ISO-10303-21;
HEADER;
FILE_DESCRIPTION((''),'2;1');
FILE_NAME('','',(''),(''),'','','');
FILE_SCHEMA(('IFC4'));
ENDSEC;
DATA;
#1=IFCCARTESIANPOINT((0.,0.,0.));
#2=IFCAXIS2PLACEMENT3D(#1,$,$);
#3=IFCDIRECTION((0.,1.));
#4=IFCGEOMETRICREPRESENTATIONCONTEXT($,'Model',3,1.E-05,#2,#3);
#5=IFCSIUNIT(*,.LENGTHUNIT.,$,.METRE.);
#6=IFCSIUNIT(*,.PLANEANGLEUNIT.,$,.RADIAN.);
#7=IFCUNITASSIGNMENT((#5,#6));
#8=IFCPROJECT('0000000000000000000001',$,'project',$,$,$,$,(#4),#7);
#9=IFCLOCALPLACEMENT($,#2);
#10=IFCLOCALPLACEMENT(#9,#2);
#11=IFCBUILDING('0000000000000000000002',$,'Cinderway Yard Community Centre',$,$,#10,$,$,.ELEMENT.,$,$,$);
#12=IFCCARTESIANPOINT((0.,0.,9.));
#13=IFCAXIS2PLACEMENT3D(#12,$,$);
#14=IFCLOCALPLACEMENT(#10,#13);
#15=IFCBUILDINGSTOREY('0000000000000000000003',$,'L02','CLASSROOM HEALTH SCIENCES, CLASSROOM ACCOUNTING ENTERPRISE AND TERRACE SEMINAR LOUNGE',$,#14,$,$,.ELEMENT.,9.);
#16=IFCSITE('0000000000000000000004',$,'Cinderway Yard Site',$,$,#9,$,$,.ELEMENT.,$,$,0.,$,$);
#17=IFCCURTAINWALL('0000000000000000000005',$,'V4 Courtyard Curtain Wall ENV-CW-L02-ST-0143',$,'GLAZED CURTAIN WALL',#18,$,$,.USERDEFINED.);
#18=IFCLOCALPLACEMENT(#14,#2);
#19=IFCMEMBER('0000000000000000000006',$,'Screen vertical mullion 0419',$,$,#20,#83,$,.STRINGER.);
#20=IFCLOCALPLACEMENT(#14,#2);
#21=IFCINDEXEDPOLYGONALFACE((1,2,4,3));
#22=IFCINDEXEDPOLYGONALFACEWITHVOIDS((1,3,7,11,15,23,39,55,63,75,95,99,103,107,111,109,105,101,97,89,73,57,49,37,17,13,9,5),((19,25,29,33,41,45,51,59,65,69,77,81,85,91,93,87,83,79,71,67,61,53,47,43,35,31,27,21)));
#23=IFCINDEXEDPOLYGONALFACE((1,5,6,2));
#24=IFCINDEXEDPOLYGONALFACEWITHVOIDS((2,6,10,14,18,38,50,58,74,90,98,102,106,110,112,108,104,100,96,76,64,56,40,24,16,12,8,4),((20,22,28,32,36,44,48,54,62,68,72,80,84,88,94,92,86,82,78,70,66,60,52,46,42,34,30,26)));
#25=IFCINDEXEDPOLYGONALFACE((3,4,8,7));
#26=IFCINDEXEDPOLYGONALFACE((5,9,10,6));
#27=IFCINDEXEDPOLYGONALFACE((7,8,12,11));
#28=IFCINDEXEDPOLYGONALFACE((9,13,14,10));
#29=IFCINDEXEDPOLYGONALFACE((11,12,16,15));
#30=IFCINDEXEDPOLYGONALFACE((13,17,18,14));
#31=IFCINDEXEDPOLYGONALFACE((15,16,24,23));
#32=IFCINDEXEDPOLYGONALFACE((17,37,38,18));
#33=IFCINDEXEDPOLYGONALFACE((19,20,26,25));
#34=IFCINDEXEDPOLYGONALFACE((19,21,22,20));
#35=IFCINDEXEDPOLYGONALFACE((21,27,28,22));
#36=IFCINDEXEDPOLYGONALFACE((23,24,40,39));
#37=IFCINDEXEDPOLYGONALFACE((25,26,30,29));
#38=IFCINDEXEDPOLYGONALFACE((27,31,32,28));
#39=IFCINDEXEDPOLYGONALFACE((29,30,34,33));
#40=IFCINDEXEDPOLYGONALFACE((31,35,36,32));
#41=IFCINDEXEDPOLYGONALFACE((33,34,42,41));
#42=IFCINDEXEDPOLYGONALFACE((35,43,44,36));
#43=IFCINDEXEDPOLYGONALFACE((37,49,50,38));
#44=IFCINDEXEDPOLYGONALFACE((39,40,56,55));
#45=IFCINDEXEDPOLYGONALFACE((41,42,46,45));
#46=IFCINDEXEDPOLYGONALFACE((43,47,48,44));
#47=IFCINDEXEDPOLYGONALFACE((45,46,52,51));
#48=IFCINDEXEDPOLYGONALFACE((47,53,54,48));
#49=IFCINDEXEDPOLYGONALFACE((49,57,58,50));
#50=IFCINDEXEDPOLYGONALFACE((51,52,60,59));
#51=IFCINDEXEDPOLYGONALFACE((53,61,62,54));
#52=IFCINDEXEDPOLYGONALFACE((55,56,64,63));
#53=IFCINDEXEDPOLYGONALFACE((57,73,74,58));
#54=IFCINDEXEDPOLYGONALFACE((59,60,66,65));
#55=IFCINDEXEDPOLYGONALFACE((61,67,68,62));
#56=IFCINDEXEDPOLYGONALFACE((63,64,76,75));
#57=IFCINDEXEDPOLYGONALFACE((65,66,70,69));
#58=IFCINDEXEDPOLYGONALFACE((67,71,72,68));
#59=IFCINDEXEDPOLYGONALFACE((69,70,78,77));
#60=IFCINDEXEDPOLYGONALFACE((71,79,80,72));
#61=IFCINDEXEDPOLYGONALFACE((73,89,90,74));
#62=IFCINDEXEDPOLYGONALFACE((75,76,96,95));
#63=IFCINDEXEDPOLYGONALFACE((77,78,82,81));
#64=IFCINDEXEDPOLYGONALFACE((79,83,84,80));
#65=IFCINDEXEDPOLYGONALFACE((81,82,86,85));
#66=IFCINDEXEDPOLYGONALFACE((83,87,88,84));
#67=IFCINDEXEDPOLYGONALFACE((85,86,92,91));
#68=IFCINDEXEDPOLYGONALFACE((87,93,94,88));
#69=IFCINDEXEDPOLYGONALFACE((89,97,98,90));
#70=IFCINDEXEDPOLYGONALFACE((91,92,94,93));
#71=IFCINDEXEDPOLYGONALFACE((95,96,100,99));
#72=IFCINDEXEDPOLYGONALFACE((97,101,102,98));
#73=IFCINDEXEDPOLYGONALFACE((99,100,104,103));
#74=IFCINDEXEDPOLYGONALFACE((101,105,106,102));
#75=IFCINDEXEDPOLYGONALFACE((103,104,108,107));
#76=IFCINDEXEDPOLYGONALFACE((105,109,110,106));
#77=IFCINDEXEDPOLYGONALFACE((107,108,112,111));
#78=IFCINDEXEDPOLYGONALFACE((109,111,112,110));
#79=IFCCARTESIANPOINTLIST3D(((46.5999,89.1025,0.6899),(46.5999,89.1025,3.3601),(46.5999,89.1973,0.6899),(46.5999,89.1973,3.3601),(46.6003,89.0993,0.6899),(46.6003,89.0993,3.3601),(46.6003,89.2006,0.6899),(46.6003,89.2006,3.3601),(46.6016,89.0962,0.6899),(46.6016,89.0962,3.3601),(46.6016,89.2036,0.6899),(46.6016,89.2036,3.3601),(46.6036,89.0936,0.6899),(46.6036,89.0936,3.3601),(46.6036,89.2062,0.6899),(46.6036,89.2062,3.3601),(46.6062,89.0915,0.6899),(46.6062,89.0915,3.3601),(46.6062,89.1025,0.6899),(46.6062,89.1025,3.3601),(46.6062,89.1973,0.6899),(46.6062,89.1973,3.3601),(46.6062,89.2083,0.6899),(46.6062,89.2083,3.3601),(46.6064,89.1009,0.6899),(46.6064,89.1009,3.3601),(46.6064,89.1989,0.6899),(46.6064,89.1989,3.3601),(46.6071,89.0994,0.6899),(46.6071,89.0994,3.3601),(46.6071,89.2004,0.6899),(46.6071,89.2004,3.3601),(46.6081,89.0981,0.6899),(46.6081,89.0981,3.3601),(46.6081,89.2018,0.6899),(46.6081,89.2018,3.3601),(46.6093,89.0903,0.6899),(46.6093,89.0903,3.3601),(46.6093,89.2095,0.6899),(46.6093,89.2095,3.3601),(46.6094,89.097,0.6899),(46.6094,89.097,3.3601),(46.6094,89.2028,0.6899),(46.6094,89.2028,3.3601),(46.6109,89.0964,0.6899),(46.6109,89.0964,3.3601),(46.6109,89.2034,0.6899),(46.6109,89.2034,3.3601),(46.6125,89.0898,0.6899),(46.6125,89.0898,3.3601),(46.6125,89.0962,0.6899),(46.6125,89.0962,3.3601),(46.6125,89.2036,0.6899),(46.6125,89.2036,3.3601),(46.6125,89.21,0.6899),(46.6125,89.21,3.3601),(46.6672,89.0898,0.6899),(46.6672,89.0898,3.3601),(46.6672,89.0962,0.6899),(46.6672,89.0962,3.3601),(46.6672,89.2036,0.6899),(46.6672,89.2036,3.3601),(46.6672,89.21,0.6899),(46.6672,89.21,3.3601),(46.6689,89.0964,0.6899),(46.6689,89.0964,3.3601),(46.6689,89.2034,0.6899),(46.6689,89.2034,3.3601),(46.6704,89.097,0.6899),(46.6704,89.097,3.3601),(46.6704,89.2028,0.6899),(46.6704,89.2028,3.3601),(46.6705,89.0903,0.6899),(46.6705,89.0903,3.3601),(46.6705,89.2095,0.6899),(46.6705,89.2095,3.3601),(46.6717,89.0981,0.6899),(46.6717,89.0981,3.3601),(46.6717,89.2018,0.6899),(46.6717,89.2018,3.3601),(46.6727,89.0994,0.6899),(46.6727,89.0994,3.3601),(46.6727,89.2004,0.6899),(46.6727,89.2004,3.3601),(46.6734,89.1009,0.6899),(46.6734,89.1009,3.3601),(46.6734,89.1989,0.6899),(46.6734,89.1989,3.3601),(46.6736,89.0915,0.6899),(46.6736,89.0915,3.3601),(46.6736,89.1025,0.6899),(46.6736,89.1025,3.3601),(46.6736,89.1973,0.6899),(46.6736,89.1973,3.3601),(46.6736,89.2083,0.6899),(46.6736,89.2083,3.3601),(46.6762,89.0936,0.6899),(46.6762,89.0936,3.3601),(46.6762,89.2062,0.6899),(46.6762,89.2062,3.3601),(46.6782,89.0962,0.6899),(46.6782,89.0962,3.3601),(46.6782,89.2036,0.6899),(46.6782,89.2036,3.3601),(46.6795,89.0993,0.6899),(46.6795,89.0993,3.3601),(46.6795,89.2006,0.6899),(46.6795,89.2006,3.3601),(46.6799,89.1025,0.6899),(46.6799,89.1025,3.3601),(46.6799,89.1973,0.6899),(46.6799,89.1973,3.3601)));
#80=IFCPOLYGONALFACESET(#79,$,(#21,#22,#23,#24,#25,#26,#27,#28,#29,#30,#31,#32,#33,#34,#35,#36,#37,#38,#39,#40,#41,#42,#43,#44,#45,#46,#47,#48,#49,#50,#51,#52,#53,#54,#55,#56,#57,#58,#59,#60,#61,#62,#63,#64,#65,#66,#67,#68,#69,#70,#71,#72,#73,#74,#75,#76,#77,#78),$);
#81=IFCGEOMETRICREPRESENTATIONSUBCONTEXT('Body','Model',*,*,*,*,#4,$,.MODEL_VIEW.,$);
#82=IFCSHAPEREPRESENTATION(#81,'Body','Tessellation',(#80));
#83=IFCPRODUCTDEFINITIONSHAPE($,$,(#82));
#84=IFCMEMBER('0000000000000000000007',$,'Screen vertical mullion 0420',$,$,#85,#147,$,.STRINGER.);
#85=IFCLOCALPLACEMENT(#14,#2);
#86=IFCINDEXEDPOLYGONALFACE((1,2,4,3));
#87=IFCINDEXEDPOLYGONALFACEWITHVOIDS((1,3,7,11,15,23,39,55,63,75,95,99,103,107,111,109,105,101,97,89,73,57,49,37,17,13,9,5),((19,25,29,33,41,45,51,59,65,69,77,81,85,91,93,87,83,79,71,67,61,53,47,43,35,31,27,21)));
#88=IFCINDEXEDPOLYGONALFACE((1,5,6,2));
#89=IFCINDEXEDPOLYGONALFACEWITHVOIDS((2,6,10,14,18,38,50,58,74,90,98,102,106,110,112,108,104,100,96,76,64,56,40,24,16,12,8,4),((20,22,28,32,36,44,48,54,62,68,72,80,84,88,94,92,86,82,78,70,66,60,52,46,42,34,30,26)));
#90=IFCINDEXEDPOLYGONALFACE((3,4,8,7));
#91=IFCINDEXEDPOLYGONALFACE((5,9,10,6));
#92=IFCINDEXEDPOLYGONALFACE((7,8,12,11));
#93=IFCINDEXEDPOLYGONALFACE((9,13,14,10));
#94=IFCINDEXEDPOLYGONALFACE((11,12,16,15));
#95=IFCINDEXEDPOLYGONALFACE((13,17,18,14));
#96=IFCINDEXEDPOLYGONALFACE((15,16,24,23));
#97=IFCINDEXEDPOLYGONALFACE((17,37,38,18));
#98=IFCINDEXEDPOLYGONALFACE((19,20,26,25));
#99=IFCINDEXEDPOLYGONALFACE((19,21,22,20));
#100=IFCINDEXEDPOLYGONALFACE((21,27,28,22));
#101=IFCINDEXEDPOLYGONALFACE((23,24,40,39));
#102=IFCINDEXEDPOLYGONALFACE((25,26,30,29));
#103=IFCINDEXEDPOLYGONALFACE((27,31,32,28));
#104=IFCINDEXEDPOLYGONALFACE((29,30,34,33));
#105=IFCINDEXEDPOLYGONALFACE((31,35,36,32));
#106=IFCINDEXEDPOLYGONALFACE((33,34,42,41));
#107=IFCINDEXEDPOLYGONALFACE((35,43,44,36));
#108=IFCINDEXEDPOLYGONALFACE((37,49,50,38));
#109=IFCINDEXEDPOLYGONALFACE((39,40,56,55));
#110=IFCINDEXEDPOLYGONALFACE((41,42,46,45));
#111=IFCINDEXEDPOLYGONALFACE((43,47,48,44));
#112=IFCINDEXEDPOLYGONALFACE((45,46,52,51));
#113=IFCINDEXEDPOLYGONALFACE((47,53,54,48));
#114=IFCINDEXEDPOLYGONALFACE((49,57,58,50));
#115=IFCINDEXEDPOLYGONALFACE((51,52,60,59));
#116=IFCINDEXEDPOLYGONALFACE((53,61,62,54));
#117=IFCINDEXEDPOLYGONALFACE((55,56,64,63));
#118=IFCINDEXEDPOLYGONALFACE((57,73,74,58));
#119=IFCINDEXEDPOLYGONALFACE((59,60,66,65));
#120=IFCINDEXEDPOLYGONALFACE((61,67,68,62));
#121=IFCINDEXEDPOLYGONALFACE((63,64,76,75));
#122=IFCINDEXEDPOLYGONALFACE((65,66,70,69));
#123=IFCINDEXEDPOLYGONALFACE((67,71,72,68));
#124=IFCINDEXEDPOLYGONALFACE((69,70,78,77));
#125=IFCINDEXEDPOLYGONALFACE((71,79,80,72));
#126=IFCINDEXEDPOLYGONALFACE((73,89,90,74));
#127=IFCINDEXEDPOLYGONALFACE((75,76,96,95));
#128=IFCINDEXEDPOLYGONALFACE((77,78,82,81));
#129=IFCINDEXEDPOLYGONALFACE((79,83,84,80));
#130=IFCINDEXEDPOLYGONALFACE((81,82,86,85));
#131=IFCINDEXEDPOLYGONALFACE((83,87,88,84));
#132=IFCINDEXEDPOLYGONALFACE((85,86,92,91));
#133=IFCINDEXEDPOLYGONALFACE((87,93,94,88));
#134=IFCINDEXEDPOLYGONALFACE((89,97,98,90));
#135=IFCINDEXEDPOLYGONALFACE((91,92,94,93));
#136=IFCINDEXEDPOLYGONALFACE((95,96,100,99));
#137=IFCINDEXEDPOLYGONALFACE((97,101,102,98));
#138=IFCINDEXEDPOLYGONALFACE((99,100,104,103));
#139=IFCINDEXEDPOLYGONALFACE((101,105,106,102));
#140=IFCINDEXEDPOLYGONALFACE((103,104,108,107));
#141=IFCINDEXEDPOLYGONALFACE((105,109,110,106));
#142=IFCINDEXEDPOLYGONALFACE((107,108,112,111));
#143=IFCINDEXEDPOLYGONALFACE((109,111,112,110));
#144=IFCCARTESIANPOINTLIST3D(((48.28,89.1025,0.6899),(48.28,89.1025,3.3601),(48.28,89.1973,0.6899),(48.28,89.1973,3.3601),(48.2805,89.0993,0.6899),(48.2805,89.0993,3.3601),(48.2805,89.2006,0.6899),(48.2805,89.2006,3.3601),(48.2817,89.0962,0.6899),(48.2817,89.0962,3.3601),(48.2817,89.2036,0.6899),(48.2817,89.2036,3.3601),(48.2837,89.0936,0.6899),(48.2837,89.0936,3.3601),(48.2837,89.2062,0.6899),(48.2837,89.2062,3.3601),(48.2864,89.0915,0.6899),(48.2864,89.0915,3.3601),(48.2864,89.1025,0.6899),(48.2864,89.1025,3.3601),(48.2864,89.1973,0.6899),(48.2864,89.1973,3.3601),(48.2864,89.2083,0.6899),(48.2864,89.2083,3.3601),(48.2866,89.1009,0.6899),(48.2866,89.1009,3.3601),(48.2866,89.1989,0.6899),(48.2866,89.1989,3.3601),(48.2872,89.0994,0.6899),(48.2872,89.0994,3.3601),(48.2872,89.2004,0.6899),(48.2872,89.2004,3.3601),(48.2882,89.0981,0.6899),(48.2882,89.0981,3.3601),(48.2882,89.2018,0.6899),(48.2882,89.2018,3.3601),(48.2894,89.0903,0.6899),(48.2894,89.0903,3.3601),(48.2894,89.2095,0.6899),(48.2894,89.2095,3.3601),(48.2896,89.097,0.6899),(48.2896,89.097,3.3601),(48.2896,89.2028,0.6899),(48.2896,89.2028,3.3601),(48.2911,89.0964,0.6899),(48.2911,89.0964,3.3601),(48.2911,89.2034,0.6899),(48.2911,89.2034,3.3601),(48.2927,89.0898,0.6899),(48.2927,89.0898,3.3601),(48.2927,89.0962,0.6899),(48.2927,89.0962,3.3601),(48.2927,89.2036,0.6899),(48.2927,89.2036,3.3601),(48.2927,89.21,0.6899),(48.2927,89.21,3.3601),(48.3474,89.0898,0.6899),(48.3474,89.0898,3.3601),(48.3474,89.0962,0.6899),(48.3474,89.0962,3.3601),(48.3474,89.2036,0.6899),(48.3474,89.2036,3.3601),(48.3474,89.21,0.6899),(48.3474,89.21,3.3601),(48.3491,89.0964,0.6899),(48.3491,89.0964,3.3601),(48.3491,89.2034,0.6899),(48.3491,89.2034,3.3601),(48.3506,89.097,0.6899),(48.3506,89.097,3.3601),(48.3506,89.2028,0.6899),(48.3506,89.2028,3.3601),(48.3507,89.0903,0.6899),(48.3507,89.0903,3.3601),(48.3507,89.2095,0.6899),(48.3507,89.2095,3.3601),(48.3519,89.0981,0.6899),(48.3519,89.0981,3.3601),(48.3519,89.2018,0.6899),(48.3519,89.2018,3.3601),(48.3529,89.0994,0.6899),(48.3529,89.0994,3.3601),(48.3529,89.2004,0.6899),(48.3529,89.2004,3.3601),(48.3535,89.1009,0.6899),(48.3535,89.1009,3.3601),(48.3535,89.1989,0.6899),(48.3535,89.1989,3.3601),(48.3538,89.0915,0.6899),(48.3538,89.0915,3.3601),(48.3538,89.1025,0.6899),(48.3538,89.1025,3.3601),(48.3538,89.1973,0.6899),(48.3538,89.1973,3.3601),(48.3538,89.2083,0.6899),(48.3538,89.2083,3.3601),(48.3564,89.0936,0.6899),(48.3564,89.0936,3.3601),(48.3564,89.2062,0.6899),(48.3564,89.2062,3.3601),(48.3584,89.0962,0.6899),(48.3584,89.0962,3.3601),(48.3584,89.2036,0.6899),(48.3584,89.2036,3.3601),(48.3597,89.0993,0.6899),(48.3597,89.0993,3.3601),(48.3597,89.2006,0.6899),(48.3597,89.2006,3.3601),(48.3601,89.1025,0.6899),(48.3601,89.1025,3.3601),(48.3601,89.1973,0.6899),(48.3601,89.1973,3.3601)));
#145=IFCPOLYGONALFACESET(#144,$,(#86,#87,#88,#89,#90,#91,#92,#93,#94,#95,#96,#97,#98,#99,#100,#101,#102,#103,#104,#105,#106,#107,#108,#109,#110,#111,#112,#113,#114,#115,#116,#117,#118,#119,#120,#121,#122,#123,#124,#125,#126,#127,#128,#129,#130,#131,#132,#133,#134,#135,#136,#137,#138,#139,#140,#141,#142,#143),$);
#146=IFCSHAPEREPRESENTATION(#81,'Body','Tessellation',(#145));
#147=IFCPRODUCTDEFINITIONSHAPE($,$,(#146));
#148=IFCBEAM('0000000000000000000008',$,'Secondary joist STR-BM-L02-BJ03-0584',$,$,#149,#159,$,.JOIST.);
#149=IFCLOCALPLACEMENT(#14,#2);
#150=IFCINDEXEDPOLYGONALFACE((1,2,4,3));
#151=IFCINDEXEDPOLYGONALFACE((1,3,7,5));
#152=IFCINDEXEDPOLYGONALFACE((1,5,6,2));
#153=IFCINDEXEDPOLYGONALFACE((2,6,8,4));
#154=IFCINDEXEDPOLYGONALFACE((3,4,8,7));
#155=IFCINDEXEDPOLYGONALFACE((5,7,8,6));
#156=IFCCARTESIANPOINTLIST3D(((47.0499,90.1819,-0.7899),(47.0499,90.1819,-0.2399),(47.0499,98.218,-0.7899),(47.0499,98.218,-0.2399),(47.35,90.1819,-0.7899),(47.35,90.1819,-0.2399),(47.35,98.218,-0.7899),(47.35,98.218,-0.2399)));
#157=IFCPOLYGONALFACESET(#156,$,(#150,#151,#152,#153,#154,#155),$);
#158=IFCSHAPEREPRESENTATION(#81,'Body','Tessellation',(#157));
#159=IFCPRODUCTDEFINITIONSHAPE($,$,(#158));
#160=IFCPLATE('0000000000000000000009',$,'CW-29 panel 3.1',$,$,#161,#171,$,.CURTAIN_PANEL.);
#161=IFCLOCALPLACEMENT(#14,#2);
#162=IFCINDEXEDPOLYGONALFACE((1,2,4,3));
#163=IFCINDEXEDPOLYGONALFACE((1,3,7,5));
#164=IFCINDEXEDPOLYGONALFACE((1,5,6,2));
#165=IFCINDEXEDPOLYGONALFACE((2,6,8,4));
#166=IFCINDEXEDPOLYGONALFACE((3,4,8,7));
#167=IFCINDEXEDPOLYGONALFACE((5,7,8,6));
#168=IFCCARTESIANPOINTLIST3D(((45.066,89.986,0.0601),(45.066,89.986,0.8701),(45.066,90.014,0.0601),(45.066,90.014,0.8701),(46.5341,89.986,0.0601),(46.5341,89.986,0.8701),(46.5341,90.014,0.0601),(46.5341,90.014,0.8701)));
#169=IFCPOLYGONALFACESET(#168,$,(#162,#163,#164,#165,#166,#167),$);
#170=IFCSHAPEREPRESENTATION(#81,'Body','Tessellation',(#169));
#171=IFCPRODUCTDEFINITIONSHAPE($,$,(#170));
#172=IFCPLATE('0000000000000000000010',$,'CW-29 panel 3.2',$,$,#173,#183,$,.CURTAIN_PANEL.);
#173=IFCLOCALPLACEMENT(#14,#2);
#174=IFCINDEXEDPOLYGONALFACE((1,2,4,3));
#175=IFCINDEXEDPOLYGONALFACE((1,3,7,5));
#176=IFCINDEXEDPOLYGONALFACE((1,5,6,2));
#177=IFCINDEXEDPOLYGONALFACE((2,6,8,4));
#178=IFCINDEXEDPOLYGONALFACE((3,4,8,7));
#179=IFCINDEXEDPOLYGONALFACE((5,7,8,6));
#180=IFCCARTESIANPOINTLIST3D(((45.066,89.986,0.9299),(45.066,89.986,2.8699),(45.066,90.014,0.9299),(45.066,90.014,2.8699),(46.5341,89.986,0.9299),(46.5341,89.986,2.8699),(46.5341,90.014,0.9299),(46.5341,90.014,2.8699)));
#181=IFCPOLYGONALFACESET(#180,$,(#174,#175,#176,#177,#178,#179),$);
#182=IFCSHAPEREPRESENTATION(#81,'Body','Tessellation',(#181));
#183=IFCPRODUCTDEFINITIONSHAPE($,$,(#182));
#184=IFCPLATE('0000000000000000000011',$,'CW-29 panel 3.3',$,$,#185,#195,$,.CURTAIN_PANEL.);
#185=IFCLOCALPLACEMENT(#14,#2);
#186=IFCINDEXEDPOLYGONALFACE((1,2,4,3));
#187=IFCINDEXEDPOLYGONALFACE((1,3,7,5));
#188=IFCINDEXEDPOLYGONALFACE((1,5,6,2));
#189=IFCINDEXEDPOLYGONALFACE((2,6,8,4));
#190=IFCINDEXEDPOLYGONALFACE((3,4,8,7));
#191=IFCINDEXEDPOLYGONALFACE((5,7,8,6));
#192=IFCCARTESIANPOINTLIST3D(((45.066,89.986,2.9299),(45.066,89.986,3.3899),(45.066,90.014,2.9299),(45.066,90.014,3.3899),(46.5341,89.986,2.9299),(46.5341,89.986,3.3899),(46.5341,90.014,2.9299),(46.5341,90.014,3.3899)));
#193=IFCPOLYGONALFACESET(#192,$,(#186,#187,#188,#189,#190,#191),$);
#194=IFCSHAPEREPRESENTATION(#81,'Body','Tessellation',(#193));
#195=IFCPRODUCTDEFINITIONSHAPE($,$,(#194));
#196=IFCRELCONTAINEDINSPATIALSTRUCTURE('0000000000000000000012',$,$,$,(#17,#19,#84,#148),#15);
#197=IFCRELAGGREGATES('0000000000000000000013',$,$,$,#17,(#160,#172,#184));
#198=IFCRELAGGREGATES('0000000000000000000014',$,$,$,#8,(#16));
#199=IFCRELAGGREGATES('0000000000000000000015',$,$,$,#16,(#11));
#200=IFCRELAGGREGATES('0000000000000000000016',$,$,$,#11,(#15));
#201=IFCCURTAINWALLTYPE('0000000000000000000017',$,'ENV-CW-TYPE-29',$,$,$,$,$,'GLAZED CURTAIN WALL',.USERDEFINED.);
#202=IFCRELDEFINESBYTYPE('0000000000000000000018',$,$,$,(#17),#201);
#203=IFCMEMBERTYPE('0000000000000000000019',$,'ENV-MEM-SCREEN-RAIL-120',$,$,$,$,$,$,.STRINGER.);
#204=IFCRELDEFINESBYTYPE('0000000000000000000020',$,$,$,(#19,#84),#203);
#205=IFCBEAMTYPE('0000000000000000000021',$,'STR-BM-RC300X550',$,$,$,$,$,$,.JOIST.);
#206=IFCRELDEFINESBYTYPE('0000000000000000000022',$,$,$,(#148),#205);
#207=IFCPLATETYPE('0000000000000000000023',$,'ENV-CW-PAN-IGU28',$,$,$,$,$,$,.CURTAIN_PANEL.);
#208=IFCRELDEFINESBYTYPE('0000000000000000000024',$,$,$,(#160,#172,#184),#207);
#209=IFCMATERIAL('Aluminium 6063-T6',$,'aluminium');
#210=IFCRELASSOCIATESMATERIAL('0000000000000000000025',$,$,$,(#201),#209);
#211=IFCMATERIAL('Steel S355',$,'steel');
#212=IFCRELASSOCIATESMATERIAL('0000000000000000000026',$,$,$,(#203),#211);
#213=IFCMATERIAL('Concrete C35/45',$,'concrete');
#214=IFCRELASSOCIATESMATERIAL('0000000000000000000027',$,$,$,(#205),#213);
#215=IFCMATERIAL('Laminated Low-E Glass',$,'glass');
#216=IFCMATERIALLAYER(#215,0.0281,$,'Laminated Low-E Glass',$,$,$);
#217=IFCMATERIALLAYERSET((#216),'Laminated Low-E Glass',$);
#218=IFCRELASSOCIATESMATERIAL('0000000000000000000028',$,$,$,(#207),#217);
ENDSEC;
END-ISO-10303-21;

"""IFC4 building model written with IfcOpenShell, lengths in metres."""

from ifc_helpers import new_model, si_unit, direction, frame, origin, origin_2d, place, context, subcontext, project, spatial, rectangle, hollow_rectangle, extrude, material, layer, layer_set, material_profile, profile_set, type_object, element, aggregate, save


model = new_model("IFC4")

# Units and contexts
model_context = context("Model", 3, precision=1e-05, world=origin(), true_north=direction((0.0, 1.0)))
body_context = subcontext(model_context, "Body", "Model", "MODEL_VIEW")
ifc_project = project(units=[si_unit("LENGTHUNIT", "METRE"), si_unit("PLANEANGLEUNIT", "RADIAN")], contexts=[model_context])

# Site, building, storey
site_placement = place(None, origin())
site = spatial("IfcSite", under=ifc_project, at=site_placement, Name="Cinderway Yard Site", CompositionType="ELEMENT", RefElevation=0.0)
building_placement = place(site_placement, origin())
building = spatial("IfcBuilding", under=site, at=building_placement, Name="Cinderway Yard Community Centre", CompositionType="ELEMENT")
storey_placement = place(building_placement, frame((0.0, 0.0, 9.0)))
storey = spatial("IfcBuildingStorey", under=building, at=storey_placement, Name="L02", Description="CLASSROOM HEALTH SCIENCES, CLASSROOM ACCOUNTING ENTERPRISE AND TERRACE SEMINAR LOUNGE", CompositionType="ELEMENT", Elevation=9.0)

# Curtain wall
ifc_material_1 = material(Name="Aluminium 6063-T6", Category="aluminium")
curtain_wall_type = type_object("IfcCurtainWallType", Name="ENV-CW-TYPE-29", ElementType="GLAZED CURTAIN WALL", PredefinedType="USERDEFINED", material=ifc_material_1)
curtain_wall_placement = place(storey_placement, origin())
curtain_wall = element("IfcCurtainWall", 1, at=curtain_wall_placement, inside=storey, type_object=curtain_wall_type, Name="V4 Courtyard Curtain Wall ENV-CW-L02-ST-0143", ObjectType="GLAZED CURTAIN WALL", PredefinedType="USERDEFINED")

# Members
ifc_material_2 = material(Name="Steel S355", Category="steel")
ifc_material_profile_1 = material_profile(ifc_material_2, hollow_rectangle(XDim=0.0801, YDim=0.1201, WallThickness=0.0063, InnerFilletRadius=0.0063, OuterFilletRadius=0.0127, at=origin_2d()), Name="Steel S355")
ifc_profile_set_1 = profile_set([ifc_material_profile_1], Name="Steel S355")
member_type_1 = type_object("IfcMemberType", Name="ENV-MEM-SCREEN-RAIL-120", PredefinedType="STRINGER", material=ifc_profile_set_1)
for number, where, z_axis, x_axis, name in (
    (2, (46.6399, 89.1499, 0.6899), (0.0, 0.0, 1.0), (1.0, 0.0, 0.0), "Screen vertical mullion 0419"),
    (3, (48.3201, 89.1499, 0.6899), (0.0, 0.0, 1.0), (1.0, 0.0, 0.0), "Screen vertical mullion 0420"),
):
    element("IfcMember", number, at=place(storey_placement, frame(where, z_axis=z_axis, x_axis=x_axis)), inside=storey, type_object=member_type_1, Name=name, PredefinedType="STRINGER", context=body_context, shape_type="SweptSolid", body=[
        extrude(hollow_rectangle(XDim=0.0801, YDim=0.1201, WallThickness=0.0063, InnerFilletRadius=0.0063, OuterFilletRadius=0.0127, at=origin_2d()), origin(), (0.0, 0.0, 1.0), 2.6702),
    ])

# Beam
ifc_material_3 = material(Name="Concrete C35/45", Category="concrete")
ifc_material_profile_2 = material_profile(ifc_material_3, rectangle(XDim=0.3, YDim=0.55, at=origin_2d()), Name="Concrete C35/45")
ifc_profile_set_2 = profile_set([ifc_material_profile_2], Name="Concrete C35/45")
beam_type = type_object("IfcBeamType", Name="STR-BM-RC300X550", PredefinedType="JOIST", material=ifc_profile_set_2)
beam_placement = place(storey_placement, frame((47.2, 90.1819, -0.5149), z_axis=(0.0, 1.0, 0.0), x_axis=(-1.0, 0.0, 0.0)))
element("IfcBeam", 4, at=beam_placement, inside=storey, type_object=beam_type, Name="Secondary joist STR-BM-L02-BJ03-0584", PredefinedType="JOIST", context=body_context, shape_type="SweptSolid", body=[
    extrude(rectangle(XDim=0.3, YDim=0.55, at=origin_2d()), origin(), (0.0, 0.0, 1.0), 8.0361),
])

# Plates
ifc_material_4 = material(Name="Laminated Low-E Glass", Category="glass")
ifc_layer_1 = layer(ifc_material_4, 0.0281, Name="Laminated Low-E Glass")
ifc_layer_set_1 = layer_set([ifc_layer_1], Name="Laminated Low-E Glass")
plate_type_1 = type_object("IfcPlateType", Name="ENV-CW-PAN-IGU28", PredefinedType="CURTAIN_PANEL", material=ifc_layer_set_1)
plate_1_placement = place(storey_placement, frame((45.8, 90.0, 0.0601), z_axis=(0.0, 0.0, 1.0), x_axis=(1.0, 0.0, 0.0)))
plate_1 = element("IfcPlate", 5, at=plate_1_placement, type_object=plate_type_1, Name="CW-29 panel 3.1", PredefinedType="CURTAIN_PANEL", context=body_context, shape_type="SweptSolid", body=[
    extrude(rectangle(XDim=1.468, YDim=0.0281, at=origin_2d()), origin(), (0.0, 0.0, 1.0), 0.8101),
])
plate_2_placement = place(storey_placement, frame((45.8, 90.0, 0.9299), z_axis=(0.0, 0.0, 1.0), x_axis=(1.0, 0.0, 0.0)))
plate_2 = element("IfcPlate", 6, at=plate_2_placement, type_object=plate_type_1, Name="CW-29 panel 3.2", PredefinedType="CURTAIN_PANEL", context=body_context, shape_type="SweptSolid", body=[
    extrude(rectangle(XDim=1.468, YDim=0.0281, at=origin_2d()), origin(), (0.0, 0.0, 1.0), 1.9399),
])
plate_3_placement = place(storey_placement, frame((45.8, 90.0, 2.9299), z_axis=(0.0, 0.0, 1.0), x_axis=(1.0, 0.0, 0.0)))
plate_3 = element("IfcPlate", 7, at=plate_3_placement, type_object=plate_type_1, Name="CW-29 panel 3.3", PredefinedType="CURTAIN_PANEL", context=body_context, shape_type="SweptSolid", body=[
    extrude(rectangle(XDim=1.468, YDim=0.0281, at=origin_2d()), origin(), (0.0, 0.0, 1.0), 0.46),
])
aggregate(curtain_wall, [plate_1, plate_2, plate_3])

save(model, "model.ifc")
